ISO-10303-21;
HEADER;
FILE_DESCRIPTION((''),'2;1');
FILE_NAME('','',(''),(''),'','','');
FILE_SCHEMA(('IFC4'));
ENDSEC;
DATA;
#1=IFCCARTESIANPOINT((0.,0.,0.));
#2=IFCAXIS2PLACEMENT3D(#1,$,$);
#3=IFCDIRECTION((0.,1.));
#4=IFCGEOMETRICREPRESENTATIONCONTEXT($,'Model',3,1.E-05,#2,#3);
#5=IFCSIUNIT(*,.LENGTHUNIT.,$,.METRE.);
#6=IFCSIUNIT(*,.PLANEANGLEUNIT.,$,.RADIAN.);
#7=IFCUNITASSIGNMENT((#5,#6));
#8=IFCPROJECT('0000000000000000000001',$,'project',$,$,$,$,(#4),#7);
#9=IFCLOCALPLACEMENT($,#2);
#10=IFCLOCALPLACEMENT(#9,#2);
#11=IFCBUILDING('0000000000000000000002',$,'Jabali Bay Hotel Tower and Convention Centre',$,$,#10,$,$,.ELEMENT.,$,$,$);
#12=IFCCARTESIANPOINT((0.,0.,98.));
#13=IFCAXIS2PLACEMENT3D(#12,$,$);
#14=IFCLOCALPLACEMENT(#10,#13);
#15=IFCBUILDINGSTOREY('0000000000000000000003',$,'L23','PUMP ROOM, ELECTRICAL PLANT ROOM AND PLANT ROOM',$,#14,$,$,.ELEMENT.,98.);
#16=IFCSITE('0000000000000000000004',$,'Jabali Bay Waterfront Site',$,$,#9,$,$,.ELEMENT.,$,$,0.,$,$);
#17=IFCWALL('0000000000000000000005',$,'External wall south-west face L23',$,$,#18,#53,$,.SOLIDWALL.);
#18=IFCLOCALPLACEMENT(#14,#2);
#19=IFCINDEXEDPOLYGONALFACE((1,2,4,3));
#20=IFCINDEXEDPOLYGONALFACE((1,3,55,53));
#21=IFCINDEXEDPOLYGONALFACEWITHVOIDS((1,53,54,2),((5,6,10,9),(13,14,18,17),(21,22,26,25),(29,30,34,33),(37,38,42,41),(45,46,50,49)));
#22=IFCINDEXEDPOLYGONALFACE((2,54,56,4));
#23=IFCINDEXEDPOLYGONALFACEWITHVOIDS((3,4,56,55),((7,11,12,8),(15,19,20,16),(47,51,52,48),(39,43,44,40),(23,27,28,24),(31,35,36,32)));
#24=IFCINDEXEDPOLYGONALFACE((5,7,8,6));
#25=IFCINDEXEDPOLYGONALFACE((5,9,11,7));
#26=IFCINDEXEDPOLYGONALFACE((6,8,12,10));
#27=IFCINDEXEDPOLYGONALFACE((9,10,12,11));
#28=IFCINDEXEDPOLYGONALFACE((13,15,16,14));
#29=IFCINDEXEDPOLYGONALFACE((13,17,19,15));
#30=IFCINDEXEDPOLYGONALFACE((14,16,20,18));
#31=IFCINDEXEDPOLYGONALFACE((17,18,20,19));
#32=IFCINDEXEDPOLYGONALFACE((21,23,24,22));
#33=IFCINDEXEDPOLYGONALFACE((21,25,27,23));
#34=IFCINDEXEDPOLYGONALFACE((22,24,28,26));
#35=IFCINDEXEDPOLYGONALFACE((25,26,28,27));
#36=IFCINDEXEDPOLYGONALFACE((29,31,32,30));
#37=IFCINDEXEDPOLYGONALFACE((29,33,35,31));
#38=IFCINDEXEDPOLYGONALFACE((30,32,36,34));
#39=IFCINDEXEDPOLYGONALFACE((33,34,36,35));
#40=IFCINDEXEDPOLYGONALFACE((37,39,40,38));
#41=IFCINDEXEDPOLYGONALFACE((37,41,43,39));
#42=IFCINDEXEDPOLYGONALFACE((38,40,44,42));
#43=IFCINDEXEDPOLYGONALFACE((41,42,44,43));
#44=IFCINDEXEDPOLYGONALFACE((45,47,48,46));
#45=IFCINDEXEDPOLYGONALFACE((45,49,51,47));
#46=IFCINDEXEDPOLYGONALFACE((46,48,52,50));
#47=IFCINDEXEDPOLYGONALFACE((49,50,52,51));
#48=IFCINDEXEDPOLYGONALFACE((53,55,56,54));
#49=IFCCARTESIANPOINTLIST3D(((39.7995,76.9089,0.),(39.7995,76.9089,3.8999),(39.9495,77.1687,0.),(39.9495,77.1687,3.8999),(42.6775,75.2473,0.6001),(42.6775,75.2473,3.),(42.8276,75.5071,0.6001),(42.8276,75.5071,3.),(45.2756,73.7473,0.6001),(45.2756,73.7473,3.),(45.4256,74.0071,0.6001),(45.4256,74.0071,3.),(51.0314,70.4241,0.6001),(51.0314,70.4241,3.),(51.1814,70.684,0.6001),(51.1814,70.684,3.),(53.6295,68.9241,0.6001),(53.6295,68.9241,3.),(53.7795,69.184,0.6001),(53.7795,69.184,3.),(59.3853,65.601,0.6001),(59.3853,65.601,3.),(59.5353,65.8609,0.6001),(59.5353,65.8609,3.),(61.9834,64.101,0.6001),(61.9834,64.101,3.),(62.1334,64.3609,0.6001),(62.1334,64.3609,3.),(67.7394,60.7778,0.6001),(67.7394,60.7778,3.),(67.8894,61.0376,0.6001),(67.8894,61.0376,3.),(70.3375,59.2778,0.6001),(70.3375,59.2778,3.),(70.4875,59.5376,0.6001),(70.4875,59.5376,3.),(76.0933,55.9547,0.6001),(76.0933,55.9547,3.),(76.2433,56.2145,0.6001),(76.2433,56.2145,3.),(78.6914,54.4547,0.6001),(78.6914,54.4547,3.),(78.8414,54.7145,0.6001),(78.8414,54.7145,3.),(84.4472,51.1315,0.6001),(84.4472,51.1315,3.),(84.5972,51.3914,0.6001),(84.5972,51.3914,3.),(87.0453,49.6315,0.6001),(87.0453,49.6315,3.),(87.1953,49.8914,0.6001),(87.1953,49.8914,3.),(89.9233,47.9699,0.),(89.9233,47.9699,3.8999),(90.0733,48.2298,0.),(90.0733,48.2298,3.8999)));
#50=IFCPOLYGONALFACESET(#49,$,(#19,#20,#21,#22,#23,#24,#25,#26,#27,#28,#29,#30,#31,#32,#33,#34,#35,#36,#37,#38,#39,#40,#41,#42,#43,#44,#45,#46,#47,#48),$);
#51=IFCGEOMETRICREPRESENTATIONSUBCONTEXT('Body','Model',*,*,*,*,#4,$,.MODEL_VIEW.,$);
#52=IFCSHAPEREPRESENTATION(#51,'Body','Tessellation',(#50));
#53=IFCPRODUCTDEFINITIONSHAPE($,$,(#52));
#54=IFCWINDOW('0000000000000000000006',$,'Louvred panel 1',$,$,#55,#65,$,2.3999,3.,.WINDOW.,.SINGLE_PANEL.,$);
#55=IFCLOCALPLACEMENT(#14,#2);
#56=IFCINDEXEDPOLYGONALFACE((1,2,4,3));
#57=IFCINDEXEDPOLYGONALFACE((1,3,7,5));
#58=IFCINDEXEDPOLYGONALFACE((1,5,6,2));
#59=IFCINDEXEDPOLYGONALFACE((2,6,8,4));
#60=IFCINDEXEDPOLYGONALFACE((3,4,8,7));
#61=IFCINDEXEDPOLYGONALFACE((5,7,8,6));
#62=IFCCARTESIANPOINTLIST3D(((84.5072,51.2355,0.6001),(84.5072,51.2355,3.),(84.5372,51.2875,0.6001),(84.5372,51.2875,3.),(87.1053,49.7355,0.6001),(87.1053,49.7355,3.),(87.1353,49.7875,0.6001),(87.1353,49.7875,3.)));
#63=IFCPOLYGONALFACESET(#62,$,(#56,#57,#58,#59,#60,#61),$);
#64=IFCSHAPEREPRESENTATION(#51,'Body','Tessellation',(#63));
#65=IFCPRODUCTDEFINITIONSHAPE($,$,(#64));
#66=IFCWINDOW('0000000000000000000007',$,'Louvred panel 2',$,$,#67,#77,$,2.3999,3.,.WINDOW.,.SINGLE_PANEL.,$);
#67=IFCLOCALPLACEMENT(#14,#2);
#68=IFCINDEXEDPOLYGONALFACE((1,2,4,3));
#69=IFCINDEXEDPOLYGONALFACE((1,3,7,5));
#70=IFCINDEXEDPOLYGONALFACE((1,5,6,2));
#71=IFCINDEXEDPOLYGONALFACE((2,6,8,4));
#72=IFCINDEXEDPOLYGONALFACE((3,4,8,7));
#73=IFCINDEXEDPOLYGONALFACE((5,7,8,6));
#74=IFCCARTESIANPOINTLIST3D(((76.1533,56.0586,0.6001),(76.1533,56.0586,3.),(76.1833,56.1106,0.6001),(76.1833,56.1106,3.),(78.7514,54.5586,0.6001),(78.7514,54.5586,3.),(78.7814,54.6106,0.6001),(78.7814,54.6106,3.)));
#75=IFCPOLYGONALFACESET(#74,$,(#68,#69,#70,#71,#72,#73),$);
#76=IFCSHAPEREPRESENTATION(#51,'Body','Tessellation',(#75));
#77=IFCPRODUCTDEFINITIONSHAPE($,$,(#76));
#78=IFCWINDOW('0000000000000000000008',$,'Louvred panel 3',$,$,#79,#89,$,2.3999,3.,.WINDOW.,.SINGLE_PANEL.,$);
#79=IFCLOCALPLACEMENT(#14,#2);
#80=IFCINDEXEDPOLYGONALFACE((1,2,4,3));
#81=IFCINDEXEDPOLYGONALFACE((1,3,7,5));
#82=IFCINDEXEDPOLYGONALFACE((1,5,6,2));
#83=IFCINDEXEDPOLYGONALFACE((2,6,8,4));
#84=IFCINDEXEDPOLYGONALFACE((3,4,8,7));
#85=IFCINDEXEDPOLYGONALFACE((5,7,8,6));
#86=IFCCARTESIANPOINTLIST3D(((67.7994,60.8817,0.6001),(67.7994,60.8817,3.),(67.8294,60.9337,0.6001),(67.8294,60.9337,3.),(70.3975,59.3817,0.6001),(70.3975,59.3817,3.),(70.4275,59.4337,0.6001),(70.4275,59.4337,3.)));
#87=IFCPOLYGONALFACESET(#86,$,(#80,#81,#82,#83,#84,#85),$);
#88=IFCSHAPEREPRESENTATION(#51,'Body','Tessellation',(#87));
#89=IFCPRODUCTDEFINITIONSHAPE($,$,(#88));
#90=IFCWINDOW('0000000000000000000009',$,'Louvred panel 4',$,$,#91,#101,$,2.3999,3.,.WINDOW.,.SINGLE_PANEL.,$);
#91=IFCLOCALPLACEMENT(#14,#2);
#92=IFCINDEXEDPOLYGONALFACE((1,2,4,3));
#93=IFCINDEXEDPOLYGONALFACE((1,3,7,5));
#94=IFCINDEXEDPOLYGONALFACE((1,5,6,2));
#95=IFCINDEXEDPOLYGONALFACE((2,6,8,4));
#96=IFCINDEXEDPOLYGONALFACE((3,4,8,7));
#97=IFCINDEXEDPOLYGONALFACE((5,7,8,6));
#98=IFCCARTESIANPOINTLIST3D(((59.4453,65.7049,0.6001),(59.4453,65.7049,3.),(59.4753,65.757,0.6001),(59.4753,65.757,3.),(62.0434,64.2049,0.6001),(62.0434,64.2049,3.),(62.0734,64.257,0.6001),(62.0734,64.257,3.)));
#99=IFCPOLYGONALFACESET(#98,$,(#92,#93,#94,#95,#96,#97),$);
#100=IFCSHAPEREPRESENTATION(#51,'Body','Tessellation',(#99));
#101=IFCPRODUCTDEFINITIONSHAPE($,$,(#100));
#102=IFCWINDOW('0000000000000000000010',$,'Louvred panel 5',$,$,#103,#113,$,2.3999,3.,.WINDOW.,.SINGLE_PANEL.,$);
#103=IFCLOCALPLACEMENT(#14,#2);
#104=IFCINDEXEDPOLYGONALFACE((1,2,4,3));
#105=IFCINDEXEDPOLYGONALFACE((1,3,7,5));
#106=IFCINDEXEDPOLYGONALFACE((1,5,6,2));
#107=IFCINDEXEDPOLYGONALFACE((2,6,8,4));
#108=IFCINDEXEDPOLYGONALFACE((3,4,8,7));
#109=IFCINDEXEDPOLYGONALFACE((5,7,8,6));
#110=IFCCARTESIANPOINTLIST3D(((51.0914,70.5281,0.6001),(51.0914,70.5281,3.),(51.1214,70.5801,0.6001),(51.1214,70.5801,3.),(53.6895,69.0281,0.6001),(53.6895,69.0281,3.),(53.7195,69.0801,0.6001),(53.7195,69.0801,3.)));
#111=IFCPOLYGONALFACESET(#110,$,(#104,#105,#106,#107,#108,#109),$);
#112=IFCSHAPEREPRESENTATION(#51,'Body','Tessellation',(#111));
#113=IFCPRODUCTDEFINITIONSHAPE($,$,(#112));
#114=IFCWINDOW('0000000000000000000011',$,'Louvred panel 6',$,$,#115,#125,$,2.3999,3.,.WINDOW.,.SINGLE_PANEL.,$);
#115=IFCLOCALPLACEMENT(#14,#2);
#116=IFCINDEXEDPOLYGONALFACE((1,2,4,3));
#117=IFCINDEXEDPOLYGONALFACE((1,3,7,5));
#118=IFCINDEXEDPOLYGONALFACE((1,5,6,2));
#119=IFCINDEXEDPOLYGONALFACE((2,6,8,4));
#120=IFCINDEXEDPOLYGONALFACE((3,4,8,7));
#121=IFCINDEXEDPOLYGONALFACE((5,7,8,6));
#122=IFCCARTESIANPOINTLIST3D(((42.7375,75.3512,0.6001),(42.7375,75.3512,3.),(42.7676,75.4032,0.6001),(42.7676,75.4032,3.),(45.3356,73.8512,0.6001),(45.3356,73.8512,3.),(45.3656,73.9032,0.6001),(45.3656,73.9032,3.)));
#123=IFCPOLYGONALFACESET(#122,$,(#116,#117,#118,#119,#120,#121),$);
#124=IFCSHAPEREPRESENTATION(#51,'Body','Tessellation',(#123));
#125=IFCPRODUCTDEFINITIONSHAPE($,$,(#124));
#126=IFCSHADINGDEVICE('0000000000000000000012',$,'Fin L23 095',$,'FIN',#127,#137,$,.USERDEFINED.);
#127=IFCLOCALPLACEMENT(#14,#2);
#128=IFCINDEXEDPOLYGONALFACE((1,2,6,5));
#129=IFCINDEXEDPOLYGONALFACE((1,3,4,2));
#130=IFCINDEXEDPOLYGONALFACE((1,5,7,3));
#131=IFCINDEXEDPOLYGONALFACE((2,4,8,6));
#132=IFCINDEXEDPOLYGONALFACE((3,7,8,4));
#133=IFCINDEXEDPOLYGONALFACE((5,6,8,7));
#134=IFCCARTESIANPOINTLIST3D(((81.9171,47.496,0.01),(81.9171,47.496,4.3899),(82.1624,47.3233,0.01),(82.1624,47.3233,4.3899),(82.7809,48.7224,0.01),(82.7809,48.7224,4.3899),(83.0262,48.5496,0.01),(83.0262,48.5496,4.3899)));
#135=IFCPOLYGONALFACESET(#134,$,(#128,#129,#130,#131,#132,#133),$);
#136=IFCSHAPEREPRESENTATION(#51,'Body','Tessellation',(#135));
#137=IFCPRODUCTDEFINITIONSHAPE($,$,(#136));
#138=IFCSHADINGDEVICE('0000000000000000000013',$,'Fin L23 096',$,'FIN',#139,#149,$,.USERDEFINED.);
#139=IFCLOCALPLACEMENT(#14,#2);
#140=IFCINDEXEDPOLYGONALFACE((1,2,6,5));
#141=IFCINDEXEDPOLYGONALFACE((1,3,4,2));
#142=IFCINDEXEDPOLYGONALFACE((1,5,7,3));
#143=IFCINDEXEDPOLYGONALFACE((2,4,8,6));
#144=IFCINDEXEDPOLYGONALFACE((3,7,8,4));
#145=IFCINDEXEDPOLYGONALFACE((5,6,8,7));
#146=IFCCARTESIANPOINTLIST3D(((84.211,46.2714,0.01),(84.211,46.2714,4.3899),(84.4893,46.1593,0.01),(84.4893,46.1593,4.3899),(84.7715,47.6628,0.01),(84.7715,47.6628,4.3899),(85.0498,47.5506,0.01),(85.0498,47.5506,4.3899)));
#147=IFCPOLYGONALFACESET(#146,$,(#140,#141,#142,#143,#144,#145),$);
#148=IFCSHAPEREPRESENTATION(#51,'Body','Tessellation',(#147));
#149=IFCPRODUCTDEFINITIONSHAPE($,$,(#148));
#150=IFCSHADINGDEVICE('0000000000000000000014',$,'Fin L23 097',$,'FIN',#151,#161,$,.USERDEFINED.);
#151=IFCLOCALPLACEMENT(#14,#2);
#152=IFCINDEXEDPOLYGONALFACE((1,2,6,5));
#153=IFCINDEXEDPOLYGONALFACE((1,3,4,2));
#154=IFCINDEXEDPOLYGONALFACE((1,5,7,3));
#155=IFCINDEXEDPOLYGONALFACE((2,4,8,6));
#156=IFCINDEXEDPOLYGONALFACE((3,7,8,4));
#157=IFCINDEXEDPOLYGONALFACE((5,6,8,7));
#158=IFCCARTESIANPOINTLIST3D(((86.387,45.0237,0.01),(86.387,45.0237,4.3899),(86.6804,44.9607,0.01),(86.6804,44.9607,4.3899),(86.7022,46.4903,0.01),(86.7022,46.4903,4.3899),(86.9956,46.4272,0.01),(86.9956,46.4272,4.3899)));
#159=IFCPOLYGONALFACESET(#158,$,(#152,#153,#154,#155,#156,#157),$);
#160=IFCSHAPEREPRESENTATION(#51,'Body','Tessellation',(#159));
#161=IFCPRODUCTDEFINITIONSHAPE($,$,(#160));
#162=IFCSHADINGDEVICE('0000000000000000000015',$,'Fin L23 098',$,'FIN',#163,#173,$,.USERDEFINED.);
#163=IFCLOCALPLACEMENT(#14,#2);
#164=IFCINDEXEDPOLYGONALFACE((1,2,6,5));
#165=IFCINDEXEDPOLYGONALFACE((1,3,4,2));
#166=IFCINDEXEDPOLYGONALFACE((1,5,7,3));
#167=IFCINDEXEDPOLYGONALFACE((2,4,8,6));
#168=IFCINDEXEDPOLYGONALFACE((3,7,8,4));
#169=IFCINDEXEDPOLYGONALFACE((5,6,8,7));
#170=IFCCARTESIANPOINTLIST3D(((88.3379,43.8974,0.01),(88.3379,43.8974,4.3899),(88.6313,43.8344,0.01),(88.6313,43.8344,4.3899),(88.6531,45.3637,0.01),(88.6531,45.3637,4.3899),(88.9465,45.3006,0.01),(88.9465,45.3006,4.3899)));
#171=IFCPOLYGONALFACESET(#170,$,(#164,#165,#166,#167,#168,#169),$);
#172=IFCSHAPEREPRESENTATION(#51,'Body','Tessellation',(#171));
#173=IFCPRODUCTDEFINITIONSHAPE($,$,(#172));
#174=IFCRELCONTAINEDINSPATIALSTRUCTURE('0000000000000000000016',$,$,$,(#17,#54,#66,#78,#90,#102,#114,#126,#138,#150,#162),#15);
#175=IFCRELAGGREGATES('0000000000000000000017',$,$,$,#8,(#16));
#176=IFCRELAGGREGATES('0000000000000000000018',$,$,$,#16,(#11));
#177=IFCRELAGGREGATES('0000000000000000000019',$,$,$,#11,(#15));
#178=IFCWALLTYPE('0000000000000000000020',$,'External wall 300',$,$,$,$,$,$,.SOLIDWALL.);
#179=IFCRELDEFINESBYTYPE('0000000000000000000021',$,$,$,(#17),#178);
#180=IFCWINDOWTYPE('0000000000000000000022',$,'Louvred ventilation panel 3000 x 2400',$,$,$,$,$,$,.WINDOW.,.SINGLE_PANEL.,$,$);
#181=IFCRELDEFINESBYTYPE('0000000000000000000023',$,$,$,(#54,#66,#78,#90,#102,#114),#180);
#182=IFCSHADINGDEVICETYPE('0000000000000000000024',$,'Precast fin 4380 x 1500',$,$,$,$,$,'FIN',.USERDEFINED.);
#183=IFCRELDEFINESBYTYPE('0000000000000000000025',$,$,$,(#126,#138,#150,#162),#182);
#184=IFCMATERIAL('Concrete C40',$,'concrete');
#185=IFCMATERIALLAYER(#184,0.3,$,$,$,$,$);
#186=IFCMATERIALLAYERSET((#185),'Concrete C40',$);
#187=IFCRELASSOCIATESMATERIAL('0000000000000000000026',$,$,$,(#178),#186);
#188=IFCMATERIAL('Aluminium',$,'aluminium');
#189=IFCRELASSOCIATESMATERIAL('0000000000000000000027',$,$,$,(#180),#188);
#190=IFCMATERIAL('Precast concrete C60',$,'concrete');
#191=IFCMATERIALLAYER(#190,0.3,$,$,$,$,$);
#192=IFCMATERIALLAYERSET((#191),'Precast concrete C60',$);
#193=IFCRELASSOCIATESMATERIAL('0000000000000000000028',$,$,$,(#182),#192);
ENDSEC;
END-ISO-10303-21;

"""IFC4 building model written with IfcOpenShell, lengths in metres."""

from ifc_helpers import new_model, si_unit, direction, frame, frame_2d, origin, place, context, subcontext, project, spatial, rectangle, extrude, material, layer, layer_set, type_object, element, fill, save


model = new_model("IFC4")

# Units and contexts
model_context = context("Model", 3, precision=1e-05, world=origin(), true_north=direction((0.0, 1.0)))
body_context = subcontext(model_context, "Body", "Model", "MODEL_VIEW")
ifc_project = project(units=[si_unit("LENGTHUNIT", "METRE"), si_unit("PLANEANGLEUNIT", "RADIAN")], contexts=[model_context])

# Site, building, storey
site_placement = place(None, origin())
site = spatial("IfcSite", under=ifc_project, at=site_placement, Name="Jabali Bay Waterfront Site", CompositionType="ELEMENT", RefElevation=0.0)
building_placement = place(site_placement, origin())
building = spatial("IfcBuilding", under=site, at=building_placement, Name="Jabali Bay Hotel Tower and Convention Centre", CompositionType="ELEMENT")
storey_placement = place(building_placement, frame((0.0, 0.0, 98.0)))
storey = spatial("IfcBuildingStorey", under=building, at=storey_placement, Name="L23", Description="PUMP ROOM, ELECTRICAL PLANT ROOM AND PLANT ROOM", CompositionType="ELEMENT", Elevation=98.0)

# Wall, openings, windows
ifc_material_1 = material(Name="Concrete C40", Category="concrete")
ifc_layer_1 = layer(ifc_material_1, 0.3)
ifc_layer_set_1 = layer_set([ifc_layer_1], Name="Concrete C40")
wall_type = type_object("IfcWallType", Name="External wall 300", PredefinedType="SOLIDWALL", material=ifc_layer_set_1)
wall_placement = place(storey_placement, frame((89.9983, 48.0999, 0.0), z_axis=(0.0, 0.0, 1.0), x_axis=(-0.866025, 0.5, 0.0)))
wall = element("IfcWall", 1, at=wall_placement, inside=storey, type_object=wall_type, Name="External wall south-west face L23", PredefinedType="SOLIDWALL", context=body_context, shape_type="SweptSolid", body=[
    extrude(rectangle(XDim=57.8779, YDim=0.3, at=frame_2d((28.939, 0.0))), origin(), (0.0, 0.0, 1.0), 3.8999),
])
opening_1_placement = place(wall_placement, frame((3.3232, 0.0, 0.6001)))
opening_1 = element("IfcOpeningElement", 2, at=opening_1_placement, cuts=wall, PredefinedType="OPENING", context=body_context, shape_type="SweptSolid", body=[
    extrude(rectangle(XDim=3.0, YDim=2.3999, at=frame_2d((1.5, 1.2))), frame((0.0, 0.1606, 0.0), z_axis=(0.0, -1.0, 0.0), x_axis=(1.0, 0.0, 0.0)), (0.0, 0.0, 1.0), 0.321),
])
opening_2_placement = place(wall_placement, frame((12.9695, 0.0, 0.6001)))
opening_2 = element("IfcOpeningElement", 3, at=opening_2_placement, cuts=wall, PredefinedType="OPENING", context=body_context, shape_type="SweptSolid", body=[
    extrude(rectangle(XDim=3.0, YDim=2.3999, at=frame_2d((1.5, 1.2))), frame((0.0, 0.1606, 0.0), z_axis=(0.0, -1.0, 0.0), x_axis=(1.0, 0.0, 0.0)), (0.0, 0.0, 1.0), 0.321),
])
opening_3_placement = place(wall_placement, frame((22.6157, 0.0, 0.6001)))
opening_3 = element("IfcOpeningElement", 4, at=opening_3_placement, cuts=wall, PredefinedType="OPENING", context=body_context, shape_type="SweptSolid", body=[
    extrude(rectangle(XDim=3.0, YDim=2.3999, at=frame_2d((1.5, 1.2))), frame((0.0, 0.1606, 0.0), z_axis=(0.0, -1.0, 0.0), x_axis=(1.0, 0.0, 0.0)), (0.0, 0.0, 1.0), 0.321),
])
opening_4_placement = place(wall_placement, frame((32.2622, 0.0, 0.6001)))
opening_4 = element("IfcOpeningElement", 5, at=opening_4_placement, cuts=wall, PredefinedType="OPENING", context=body_context, shape_type="SweptSolid", body=[
    extrude(rectangle(XDim=3.0, YDim=2.3999, at=frame_2d((1.5, 1.2))), frame((0.0, 0.1606, 0.0), z_axis=(0.0, -1.0, 0.0), x_axis=(1.0, 0.0, 0.0)), (0.0, 0.0, 1.0), 0.321),
])
opening_5_placement = place(wall_placement, frame((41.9084, 0.0, 0.6001)))
opening_5 = element("IfcOpeningElement", 6, at=opening_5_placement, cuts=wall, PredefinedType="OPENING", context=body_context, shape_type="SweptSolid", body=[
    extrude(rectangle(XDim=3.0, YDim=2.3999, at=frame_2d((1.5, 1.2))), frame((0.0, 0.1606, 0.0), z_axis=(0.0, -1.0, 0.0), x_axis=(1.0, 0.0, 0.0)), (0.0, 0.0, 1.0), 0.321),
])
opening_6_placement = place(wall_placement, frame((51.5547, 0.0, 0.6001)))
opening_6 = element("IfcOpeningElement", 7, at=opening_6_placement, cuts=wall, PredefinedType="OPENING", context=body_context, shape_type="SweptSolid", body=[
    extrude(rectangle(XDim=3.0, YDim=2.3999, at=frame_2d((1.5, 1.2))), frame((0.0, 0.1606, 0.0), z_axis=(0.0, -1.0, 0.0), x_axis=(1.0, 0.0, 0.0)), (0.0, 0.0, 1.0), 0.321),
])
ifc_material_2 = material(Name="Aluminium", Category="aluminium")
window_type = type_object("IfcWindowType", Name="Louvred ventilation panel 3000 x 2400", PartitioningType="SINGLE_PANEL", PredefinedType="WINDOW", material=ifc_material_2)
window_1_placement = place(opening_1_placement, origin())
window_1 = element("IfcWindow", 8, at=window_1_placement, inside=storey, type_object=window_type, Name="Louvred panel 1", OverallHeight=2.3999, OverallWidth=3.0, PartitioningType="SINGLE_PANEL", PredefinedType="WINDOW", context=body_context, shape_type="SweptSolid", body=[
    extrude(rectangle(XDim=3.0, YDim=2.3999, at=frame_2d((1.5, 1.2))), frame((0.0, 0.03, 0.0), z_axis=(0.0, -1.0, 0.0), x_axis=(1.0, 0.0, 0.0)), (0.0, 0.0, 1.0), 0.0601),
])
fill(opening_1, window_1)
window_2_placement = place(opening_2_placement, origin())
window_2 = element("IfcWindow", 9, at=window_2_placement, inside=storey, type_object=window_type, Name="Louvred panel 2", OverallHeight=2.3999, OverallWidth=3.0, PartitioningType="SINGLE_PANEL", PredefinedType="WINDOW", context=body_context, shape_type="SweptSolid", body=[
    extrude(rectangle(XDim=3.0, YDim=2.3999, at=frame_2d((1.5, 1.2))), frame((0.0, 0.03, 0.0), z_axis=(0.0, -1.0, 0.0), x_axis=(1.0, 0.0, 0.0)), (0.0, 0.0, 1.0), 0.0601),
])
fill(opening_2, window_2)
window_3_placement = place(opening_3_placement, origin())
window_3 = element("IfcWindow", 10, at=window_3_placement, inside=storey, type_object=window_type, Name="Louvred panel 3", OverallHeight=2.3999, OverallWidth=3.0, PartitioningType="SINGLE_PANEL", PredefinedType="WINDOW", context=body_context, shape_type="SweptSolid", body=[
    extrude(rectangle(XDim=3.0, YDim=2.3999, at=frame_2d((1.5, 1.2))), frame((0.0, 0.03, 0.0), z_axis=(0.0, -1.0, 0.0), x_axis=(1.0, 0.0, 0.0)), (0.0, 0.0, 1.0), 0.0601),
])
fill(opening_3, window_3)
window_4_placement = place(opening_4_placement, origin())
window_4 = element("IfcWindow", 11, at=window_4_placement, inside=storey, type_object=window_type, Name="Louvred panel 4", OverallHeight=2.3999, OverallWidth=3.0, PartitioningType="SINGLE_PANEL", PredefinedType="WINDOW", context=body_context, shape_type="SweptSolid", body=[
    extrude(rectangle(XDim=3.0, YDim=2.3999, at=frame_2d((1.5, 1.2))), frame((0.0, 0.03, 0.0), z_axis=(0.0, -1.0, 0.0), x_axis=(1.0, 0.0, 0.0)), (0.0, 0.0, 1.0), 0.0601),
])
fill(opening_4, window_4)
window_5_placement = place(opening_5_placement, origin())
window_5 = element("IfcWindow", 12, at=window_5_placement, inside=storey, type_object=window_type, Name="Louvred panel 5", OverallHeight=2.3999, OverallWidth=3.0, PartitioningType="SINGLE_PANEL", PredefinedType="WINDOW", context=body_context, shape_type="SweptSolid", body=[
    extrude(rectangle(XDim=3.0, YDim=2.3999, at=frame_2d((1.5, 1.2))), frame((0.0, 0.03, 0.0), z_axis=(0.0, -1.0, 0.0), x_axis=(1.0, 0.0, 0.0)), (0.0, 0.0, 1.0), 0.0601),
])
fill(opening_5, window_5)
window_6_placement = place(opening_6_placement, origin())
window_6 = element("IfcWindow", 13, at=window_6_placement, inside=storey, type_object=window_type, Name="Louvred panel 6", OverallHeight=2.3999, OverallWidth=3.0, PartitioningType="SINGLE_PANEL", PredefinedType="WINDOW", context=body_context, shape_type="SweptSolid", body=[
    extrude(rectangle(XDim=3.0, YDim=2.3999, at=frame_2d((1.5, 1.2))), frame((0.0, 0.03, 0.0), z_axis=(0.0, -1.0, 0.0), x_axis=(1.0, 0.0, 0.0)), (0.0, 0.0, 1.0), 0.0601),
])
fill(opening_6, window_6)

# Shading devices
ifc_material_3 = material(Name="Precast concrete C60", Category="concrete")
ifc_layer_2 = layer(ifc_material_3, 0.3)
ifc_layer_set_2 = layer_set([ifc_layer_2], Name="Precast concrete C60")
shading_device_type = type_object("IfcShadingDeviceType", Name="Precast fin 4380 x 1500", ElementType="FIN", PredefinedType="USERDEFINED", material=ifc_layer_set_2)
for number, where, z_axis, x_axis, name in (
    (14, (82.9036, 48.636, 0.01), (0.0, 0.0, 1.0), (-0.575852, -0.817554, 0.0), "Fin L23 095"),
    (15, (84.9106, 47.6067, 0.01), (0.0, 0.0, 1.0), (-0.373691, -0.927553, 0.0), "Fin L23 096"),
    (16, (86.8489, 46.4587, 0.01), (0.0, 0.0, 1.0), (-0.210118, -0.977676, 0.0), "Fin L23 097"),
):
    element("IfcShadingDevice", number, at=place(storey_placement, frame(where, z_axis=z_axis, x_axis=x_axis)), inside=storey, type_object=shading_device_type, Name=name, ObjectType="FIN", PredefinedType="USERDEFINED", context=body_context, shape_type="SweptSolid", body=[
        extrude(rectangle(XDim=1.5, YDim=0.3, at=frame_2d((0.75, 0.0))), origin(), (0.0, 0.0, 1.0), 4.3799),
    ])
shading_device_1_placement = place(storey_placement, frame((88.7998, 45.3323, 0.01), z_axis=(0.0, 0.0, 1.0), x_axis=(-0.210152, -0.977669, 0.0)))
element("IfcShadingDevice", 17, at=shading_device_1_placement, inside=storey, type_object=shading_device_type, Name="Fin L23 098", ObjectType="FIN", PredefinedType="USERDEFINED", context=body_context, shape_type="SweptSolid", body=[
    extrude(rectangle(XDim=1.4998, YDim=0.3, at=frame_2d((0.75, 0.0))), origin(), (0.0, 0.0, 1.0), 4.3799),
])

save(model, "model.ifc")
